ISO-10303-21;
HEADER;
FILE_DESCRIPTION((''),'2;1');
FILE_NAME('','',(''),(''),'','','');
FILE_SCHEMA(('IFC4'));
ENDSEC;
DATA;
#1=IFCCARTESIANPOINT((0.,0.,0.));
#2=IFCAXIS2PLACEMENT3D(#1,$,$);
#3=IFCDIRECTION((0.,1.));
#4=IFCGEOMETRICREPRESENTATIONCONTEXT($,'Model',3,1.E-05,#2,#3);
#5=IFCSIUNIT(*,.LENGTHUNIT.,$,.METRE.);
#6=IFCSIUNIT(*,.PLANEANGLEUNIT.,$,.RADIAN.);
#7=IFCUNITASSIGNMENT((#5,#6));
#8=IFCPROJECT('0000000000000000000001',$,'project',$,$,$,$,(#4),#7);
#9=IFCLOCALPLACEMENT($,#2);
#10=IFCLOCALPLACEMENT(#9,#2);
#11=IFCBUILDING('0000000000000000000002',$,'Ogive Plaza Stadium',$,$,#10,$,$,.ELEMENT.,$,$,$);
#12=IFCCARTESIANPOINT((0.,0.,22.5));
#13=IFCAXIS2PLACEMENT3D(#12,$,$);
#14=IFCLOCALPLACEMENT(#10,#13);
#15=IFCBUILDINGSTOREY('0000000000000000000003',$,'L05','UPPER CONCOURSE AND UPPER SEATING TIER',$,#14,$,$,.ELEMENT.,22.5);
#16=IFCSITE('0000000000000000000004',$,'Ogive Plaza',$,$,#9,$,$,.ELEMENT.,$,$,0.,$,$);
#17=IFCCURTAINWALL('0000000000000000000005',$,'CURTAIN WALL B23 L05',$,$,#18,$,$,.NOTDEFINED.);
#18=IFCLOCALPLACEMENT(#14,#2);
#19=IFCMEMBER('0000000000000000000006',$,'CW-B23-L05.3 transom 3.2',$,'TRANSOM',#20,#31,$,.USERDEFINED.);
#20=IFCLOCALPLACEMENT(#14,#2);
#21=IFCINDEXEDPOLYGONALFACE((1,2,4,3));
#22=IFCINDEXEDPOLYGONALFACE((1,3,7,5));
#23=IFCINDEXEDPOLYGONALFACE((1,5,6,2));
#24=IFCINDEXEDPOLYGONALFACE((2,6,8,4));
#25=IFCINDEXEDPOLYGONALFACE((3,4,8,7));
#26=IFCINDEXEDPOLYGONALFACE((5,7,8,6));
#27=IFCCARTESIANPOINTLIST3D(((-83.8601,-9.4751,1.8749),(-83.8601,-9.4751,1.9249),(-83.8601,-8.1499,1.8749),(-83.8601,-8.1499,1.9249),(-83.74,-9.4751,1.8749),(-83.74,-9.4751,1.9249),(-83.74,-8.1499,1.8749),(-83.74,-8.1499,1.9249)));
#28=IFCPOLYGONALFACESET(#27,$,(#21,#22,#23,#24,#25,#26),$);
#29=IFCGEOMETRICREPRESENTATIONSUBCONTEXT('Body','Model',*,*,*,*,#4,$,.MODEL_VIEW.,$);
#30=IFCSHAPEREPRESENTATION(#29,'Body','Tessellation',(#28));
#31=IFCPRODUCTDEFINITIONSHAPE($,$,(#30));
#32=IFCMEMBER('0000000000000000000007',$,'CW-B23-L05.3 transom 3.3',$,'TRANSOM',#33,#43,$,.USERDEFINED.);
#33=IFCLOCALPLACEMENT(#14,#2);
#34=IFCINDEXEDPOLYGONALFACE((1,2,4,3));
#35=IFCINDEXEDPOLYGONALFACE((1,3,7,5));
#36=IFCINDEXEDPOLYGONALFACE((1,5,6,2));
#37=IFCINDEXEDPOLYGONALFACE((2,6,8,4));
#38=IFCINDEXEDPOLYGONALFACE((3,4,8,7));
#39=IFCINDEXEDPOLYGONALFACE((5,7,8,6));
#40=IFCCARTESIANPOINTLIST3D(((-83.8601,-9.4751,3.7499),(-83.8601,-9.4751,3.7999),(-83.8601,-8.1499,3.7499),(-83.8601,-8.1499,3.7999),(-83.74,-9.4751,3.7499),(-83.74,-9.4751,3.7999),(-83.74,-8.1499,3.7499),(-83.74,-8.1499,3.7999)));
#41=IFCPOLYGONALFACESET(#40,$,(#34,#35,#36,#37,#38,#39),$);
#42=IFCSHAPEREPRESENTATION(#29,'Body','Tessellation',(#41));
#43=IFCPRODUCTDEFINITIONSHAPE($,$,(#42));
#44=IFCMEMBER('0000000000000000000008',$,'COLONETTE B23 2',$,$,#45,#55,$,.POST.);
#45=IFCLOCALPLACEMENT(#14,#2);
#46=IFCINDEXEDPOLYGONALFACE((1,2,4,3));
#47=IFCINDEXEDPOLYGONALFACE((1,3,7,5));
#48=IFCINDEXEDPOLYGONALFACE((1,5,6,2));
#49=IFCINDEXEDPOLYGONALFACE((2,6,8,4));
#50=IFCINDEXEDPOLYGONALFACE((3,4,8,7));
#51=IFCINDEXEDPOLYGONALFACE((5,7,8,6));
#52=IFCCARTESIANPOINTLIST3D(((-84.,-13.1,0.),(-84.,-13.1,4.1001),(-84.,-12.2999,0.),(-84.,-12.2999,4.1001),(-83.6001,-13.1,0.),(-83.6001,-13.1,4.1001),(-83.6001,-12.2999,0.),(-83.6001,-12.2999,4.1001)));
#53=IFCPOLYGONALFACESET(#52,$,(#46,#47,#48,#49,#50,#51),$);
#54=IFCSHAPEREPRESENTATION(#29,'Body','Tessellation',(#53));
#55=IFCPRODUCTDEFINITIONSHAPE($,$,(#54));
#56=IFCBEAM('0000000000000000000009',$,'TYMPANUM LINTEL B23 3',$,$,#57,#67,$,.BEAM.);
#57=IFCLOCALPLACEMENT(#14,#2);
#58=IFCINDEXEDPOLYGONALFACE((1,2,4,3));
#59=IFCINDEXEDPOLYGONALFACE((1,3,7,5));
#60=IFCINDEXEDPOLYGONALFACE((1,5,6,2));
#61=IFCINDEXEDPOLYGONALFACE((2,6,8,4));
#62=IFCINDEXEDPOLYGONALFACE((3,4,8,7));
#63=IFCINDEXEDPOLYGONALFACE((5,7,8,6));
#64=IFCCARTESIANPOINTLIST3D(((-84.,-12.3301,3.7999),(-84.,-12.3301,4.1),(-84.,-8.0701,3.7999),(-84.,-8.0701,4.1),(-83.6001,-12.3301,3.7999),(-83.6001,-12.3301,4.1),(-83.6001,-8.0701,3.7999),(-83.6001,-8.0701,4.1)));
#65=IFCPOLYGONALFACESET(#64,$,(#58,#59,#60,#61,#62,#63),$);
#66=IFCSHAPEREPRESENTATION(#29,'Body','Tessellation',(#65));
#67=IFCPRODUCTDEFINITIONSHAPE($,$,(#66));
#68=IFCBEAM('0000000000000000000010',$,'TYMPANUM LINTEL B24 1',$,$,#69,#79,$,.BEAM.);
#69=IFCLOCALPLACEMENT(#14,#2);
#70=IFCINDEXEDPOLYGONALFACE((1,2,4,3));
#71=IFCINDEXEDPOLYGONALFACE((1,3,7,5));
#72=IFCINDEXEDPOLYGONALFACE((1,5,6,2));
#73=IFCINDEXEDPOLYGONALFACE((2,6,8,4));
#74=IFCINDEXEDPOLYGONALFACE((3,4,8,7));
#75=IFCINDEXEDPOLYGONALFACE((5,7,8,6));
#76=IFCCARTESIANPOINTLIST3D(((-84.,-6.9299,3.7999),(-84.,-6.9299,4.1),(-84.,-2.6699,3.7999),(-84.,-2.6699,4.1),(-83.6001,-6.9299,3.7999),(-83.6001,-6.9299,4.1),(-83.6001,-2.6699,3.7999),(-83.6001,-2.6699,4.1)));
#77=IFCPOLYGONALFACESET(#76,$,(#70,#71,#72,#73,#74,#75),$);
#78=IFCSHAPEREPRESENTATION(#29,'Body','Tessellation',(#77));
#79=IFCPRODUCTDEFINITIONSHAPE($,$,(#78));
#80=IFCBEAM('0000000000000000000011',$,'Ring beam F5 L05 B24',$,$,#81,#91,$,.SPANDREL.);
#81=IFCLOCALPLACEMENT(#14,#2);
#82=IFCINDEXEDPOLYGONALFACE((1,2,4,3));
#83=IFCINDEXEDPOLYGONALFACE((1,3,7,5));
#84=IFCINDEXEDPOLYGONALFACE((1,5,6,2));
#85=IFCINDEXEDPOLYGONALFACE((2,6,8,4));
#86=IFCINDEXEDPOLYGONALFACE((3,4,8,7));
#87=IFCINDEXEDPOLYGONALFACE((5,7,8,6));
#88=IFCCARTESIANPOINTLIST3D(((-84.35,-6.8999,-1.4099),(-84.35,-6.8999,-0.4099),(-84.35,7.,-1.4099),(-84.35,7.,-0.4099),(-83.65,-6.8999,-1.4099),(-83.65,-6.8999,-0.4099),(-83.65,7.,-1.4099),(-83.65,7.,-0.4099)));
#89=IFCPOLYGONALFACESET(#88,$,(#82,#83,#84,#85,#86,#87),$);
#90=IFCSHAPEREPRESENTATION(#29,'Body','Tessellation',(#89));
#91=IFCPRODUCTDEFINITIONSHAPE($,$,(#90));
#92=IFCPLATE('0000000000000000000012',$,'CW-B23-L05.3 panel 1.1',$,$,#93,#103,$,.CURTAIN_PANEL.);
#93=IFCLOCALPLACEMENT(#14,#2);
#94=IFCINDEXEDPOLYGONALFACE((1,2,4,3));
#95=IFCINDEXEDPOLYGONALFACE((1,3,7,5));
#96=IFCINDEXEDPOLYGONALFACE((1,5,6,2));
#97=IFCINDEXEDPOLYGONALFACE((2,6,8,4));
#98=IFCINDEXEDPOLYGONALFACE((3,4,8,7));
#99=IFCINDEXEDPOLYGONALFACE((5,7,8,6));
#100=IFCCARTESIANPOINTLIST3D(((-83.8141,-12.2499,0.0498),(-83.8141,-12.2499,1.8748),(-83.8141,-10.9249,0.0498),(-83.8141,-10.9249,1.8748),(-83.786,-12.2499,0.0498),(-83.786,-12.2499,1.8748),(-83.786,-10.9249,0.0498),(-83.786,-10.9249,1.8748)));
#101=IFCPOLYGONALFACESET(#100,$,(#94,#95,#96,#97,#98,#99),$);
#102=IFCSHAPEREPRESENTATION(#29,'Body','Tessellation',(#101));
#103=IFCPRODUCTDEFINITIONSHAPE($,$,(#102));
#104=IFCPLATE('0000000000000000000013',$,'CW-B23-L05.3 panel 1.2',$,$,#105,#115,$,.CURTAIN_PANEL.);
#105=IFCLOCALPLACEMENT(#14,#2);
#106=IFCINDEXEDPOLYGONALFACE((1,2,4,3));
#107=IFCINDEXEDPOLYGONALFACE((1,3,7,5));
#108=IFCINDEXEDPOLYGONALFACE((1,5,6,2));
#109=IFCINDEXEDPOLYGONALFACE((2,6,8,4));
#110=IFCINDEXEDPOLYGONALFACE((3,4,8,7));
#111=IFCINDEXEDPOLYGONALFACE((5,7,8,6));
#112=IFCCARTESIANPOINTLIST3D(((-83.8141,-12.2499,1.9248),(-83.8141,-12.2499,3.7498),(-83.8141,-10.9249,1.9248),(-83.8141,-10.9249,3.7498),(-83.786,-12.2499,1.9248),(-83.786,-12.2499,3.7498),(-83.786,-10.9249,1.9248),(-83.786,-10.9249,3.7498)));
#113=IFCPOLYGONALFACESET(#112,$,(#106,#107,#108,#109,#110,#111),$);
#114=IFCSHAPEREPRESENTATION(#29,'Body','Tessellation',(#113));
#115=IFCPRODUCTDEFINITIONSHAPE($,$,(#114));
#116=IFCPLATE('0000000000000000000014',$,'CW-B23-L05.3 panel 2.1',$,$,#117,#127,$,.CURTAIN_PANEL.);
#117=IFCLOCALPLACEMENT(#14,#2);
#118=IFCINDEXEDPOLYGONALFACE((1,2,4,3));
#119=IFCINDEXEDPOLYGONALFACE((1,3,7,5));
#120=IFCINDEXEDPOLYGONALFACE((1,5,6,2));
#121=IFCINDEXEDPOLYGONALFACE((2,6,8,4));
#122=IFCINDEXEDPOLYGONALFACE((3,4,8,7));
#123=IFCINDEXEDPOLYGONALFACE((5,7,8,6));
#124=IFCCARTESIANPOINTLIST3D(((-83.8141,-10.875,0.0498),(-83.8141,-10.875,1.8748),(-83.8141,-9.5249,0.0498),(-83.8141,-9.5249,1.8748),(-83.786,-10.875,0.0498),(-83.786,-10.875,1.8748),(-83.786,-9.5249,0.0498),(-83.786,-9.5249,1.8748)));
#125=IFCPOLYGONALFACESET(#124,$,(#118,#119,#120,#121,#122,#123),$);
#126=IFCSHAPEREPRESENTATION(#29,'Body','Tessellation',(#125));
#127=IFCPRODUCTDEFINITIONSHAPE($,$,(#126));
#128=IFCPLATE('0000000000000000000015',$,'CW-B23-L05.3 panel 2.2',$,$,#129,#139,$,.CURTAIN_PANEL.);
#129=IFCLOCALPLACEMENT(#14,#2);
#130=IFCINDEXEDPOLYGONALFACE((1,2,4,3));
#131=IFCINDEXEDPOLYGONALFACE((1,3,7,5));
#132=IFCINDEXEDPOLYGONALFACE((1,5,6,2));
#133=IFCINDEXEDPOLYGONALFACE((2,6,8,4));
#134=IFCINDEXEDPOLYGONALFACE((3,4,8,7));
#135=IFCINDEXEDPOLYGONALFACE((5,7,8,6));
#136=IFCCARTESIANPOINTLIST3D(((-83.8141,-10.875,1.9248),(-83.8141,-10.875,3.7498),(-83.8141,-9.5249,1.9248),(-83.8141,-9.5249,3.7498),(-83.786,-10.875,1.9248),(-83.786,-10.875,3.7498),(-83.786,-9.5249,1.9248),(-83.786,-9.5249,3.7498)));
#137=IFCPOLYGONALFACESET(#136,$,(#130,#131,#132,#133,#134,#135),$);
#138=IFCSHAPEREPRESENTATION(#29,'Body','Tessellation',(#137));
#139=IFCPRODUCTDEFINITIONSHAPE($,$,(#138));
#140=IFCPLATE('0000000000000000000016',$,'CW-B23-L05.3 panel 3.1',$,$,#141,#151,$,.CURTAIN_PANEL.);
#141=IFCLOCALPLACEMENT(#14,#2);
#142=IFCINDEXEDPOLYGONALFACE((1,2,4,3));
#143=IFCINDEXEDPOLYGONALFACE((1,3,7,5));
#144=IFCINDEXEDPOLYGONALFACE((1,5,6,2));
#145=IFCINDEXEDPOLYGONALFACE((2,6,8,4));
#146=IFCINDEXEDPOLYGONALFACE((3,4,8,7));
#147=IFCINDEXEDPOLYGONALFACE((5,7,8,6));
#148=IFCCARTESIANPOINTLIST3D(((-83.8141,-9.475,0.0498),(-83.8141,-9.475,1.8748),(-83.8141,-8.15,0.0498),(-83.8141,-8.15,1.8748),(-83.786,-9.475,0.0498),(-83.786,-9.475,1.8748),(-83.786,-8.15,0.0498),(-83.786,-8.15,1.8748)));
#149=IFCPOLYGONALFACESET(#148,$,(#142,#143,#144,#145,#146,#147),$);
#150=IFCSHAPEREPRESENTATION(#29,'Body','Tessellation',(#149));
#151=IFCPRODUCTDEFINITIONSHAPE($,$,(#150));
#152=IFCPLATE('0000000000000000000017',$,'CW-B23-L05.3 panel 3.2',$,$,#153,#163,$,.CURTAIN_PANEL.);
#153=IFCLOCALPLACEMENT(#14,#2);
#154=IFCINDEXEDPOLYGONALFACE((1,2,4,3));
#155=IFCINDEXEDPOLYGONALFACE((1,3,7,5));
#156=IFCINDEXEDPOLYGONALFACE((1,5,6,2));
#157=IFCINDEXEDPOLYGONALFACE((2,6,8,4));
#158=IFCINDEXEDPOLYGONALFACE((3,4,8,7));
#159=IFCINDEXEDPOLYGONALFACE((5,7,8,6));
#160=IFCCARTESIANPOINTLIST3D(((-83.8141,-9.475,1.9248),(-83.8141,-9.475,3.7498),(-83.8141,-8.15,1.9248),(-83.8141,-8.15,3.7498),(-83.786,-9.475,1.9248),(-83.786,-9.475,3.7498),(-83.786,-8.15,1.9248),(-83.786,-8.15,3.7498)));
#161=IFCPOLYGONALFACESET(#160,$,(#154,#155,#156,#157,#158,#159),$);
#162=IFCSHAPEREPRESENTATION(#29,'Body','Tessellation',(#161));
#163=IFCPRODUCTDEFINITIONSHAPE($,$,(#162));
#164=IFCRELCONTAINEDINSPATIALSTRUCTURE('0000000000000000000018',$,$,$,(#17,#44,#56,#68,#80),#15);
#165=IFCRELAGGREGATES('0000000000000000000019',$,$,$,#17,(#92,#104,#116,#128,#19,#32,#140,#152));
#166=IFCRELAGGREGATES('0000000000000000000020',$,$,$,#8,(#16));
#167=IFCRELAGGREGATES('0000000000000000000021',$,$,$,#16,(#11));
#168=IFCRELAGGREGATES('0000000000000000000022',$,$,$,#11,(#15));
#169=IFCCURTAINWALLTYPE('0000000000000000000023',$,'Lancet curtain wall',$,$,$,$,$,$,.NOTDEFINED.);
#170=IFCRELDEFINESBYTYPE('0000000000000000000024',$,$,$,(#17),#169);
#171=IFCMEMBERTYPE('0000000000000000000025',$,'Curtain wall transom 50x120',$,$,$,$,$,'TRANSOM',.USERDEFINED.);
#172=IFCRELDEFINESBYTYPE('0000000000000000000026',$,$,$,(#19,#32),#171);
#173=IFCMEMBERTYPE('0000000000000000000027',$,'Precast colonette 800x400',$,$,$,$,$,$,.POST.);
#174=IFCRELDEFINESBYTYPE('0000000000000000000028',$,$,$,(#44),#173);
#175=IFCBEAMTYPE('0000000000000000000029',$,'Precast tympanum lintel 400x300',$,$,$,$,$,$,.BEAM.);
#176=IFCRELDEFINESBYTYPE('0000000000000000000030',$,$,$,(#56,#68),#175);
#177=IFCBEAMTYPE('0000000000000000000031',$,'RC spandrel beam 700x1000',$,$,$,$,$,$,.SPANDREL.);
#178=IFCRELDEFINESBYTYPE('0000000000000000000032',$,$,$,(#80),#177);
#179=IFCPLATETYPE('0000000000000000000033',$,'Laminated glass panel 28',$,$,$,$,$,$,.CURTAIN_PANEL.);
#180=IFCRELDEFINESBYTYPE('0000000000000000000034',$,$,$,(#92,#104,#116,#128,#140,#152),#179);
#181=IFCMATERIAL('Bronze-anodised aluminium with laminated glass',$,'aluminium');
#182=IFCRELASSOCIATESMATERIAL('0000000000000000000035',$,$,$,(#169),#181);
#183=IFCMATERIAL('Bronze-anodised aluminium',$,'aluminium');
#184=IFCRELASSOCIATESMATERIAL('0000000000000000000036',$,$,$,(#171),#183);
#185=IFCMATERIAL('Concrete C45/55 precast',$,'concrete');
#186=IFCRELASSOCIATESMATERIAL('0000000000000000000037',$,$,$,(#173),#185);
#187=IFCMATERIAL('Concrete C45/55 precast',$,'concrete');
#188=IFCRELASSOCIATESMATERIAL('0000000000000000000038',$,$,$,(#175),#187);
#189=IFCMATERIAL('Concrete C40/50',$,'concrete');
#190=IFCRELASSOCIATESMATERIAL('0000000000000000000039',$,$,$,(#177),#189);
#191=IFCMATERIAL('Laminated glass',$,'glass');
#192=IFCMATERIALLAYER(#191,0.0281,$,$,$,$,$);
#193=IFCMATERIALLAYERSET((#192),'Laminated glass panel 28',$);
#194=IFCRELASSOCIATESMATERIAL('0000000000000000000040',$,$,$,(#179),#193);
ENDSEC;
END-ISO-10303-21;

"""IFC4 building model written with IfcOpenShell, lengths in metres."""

from ifc_helpers import new_model, si_unit, direction, frame, origin, origin_2d, place, context, subcontext, project, spatial, rectangle, extrude, material, layer, layer_set, material_profile, profile_set, type_object, element, aggregate, save


model = new_model("IFC4")

# Units and contexts
model_context = context("Model", 3, precision=1e-05, world=origin(), true_north=direction((0.0, 1.0)))
body_context = subcontext(model_context, "Body", "Model", "MODEL_VIEW")
ifc_project = project(units=[si_unit("LENGTHUNIT", "METRE"), si_unit("PLANEANGLEUNIT", "RADIAN")], contexts=[model_context])

# Site, building, storey
site_placement = place(None, origin())
site = spatial("IfcSite", under=ifc_project, at=site_placement, Name="Ogive Plaza", CompositionType="ELEMENT", RefElevation=0.0)
building_placement = place(site_placement, origin())
building = spatial("IfcBuilding", under=site, at=building_placement, Name="Ogive Plaza Stadium", CompositionType="ELEMENT")
storey_placement = place(building_placement, frame((0.0, 0.0, 22.5)))
storey = spatial("IfcBuildingStorey", under=building, at=storey_placement, Name="L05", Description="UPPER CONCOURSE AND UPPER SEATING TIER", CompositionType="ELEMENT", Elevation=22.5)

# Shared definitions
ifc_material_1 = material(Name="Bronze-anodised aluminium with laminated glass", Category="aluminium")
curtain_wall_type = type_object("IfcCurtainWallType", Name="Lancet curtain wall", PredefinedType="NOTDEFINED", material=ifc_material_1)

# Curtain wall
curtain_wall_1_placement = place(storey_placement, origin())
curtain_wall_1 = element("IfcCurtainWall", 1, at=curtain_wall_1_placement, inside=storey, type_object=curtain_wall_type, Name="CURTAIN WALL B23 L05", PredefinedType="NOTDEFINED")

# Members
ifc_material_2 = material(Name="Bronze-anodised aluminium", Category="aluminium")
ifc_material_profile_1 = material_profile(ifc_material_2, rectangle(XDim=0.1201, YDim=0.05, at=origin_2d()), Name="AL 120x50")
ifc_profile_set_1 = profile_set([ifc_material_profile_1], Name="Bronze-anodised aluminium")
member_type_1 = type_object("IfcMemberType", Name="Curtain wall transom 50x120", ElementType="TRANSOM", PredefinedType="USERDEFINED", material=ifc_profile_set_1)
member_1_placement = place(storey_placement, frame((-83.8, -9.4751, 1.8999), z_axis=(0.0, 1.0, 0.0), x_axis=(-1.0, 0.0, 0.0)))
member_1 = element("IfcMember", 2, at=member_1_placement, type_object=member_type_1, Name="CW-B23-L05.3 transom 3.2", ObjectType="TRANSOM", PredefinedType="USERDEFINED", context=body_context, shape_type="SweptSolid", body=[
    extrude(rectangle(XDim=0.1201, YDim=0.05, at=origin_2d()), origin(), (0.0, 0.0, 1.0), 1.3252),
])
member_2_placement = place(storey_placement, frame((-83.8, -9.4751, 3.7749), z_axis=(0.0, 1.0, 0.0), x_axis=(-1.0, 0.0, 0.0)))
member_2 = element("IfcMember", 3, at=member_2_placement, type_object=member_type_1, Name="CW-B23-L05.3 transom 3.3", ObjectType="TRANSOM", PredefinedType="USERDEFINED", context=body_context, shape_type="SweptSolid", body=[
    extrude(rectangle(XDim=0.1201, YDim=0.05, at=origin_2d()), origin(), (0.0, 0.0, 1.0), 1.3252),
])
ifc_material_3 = material(Name="Concrete C45/55 precast", Category="concrete")
ifc_material_profile_2 = material_profile(ifc_material_3, rectangle(XDim=0.3999, YDim=0.8, at=origin_2d()), Name="RC 400x800")
ifc_profile_set_2 = profile_set([ifc_material_profile_2], Name="Concrete C45/55 precast")
member_type_2 = type_object("IfcMemberType", Name="Precast colonette 800x400", PredefinedType="POST", material=ifc_profile_set_2)
member_3_placement = place(storey_placement, frame((-83.8, -12.7, 0.0), z_axis=(0.0, 0.0, 1.0), x_axis=(-1.0, 0.0, 0.0)))
element("IfcMember", 4, at=member_3_placement, inside=storey, type_object=member_type_2, Name="COLONETTE B23 2", PredefinedType="POST", context=body_context, shape_type="SweptSolid", body=[
    extrude(rectangle(XDim=0.3999, YDim=0.8, at=origin_2d()), origin(), (0.0, 0.0, 1.0), 4.1001),
])

# Beams
ifc_material_4 = material(Name="Concrete C45/55 precast", Category="concrete")
ifc_material_profile_3 = material_profile(ifc_material_4, rectangle(XDim=0.3999, YDim=0.3, at=origin_2d()), Name="RC 400x300")
ifc_profile_set_3 = profile_set([ifc_material_profile_3], Name="Concrete C45/55 precast")
beam_type_1 = type_object("IfcBeamType", Name="Precast tympanum lintel 400x300", PredefinedType="BEAM", material=ifc_profile_set_3)
for number, where, z_axis, x_axis, name in (
    (5, (-83.8, -12.3301, 3.95), (0.0, 1.0, 0.0), (-1.0, 0.0, 0.0), "TYMPANUM LINTEL B23 3"),
    (6, (-83.8, -6.9299, 3.95), (0.0, 1.0, 0.0), (-1.0, 0.0, 0.0), "TYMPANUM LINTEL B24 1"),
):
    element("IfcBeam", number, at=place(storey_placement, frame(where, z_axis=z_axis, x_axis=x_axis)), inside=storey, type_object=beam_type_1, Name=name, PredefinedType="BEAM", context=body_context, shape_type="SweptSolid", body=[
        extrude(rectangle(XDim=0.3999, YDim=0.3, at=origin_2d()), origin(), (0.0, 0.0, 1.0), 4.26),
    ])
ifc_material_5 = material(Name="Concrete C40/50", Category="concrete")
ifc_material_profile_4 = material_profile(ifc_material_5, rectangle(XDim=0.7, YDim=1.0, at=origin_2d()), Name="RC 700x1000")
ifc_profile_set_4 = profile_set([ifc_material_profile_4], Name="Concrete C40/50")
beam_type_2 = type_object("IfcBeamType", Name="RC spandrel beam 700x1000", PredefinedType="SPANDREL", material=ifc_profile_set_4)
beam_placement = place(storey_placement, frame((-84.0, -6.8999, -0.9099), z_axis=(0.0, 1.0, 0.0), x_axis=(-1.0, 0.0, 0.0)))
element("IfcBeam", 7, at=beam_placement, inside=storey, type_object=beam_type_2, Name="Ring beam F5 L05 B24", PredefinedType="SPANDREL", context=body_context, shape_type="SweptSolid", body=[
    extrude(rectangle(XDim=0.7, YDim=1.0, at=origin_2d()), origin(), (0.0, 0.0, 1.0), 13.8999),
])

# Plates
ifc_material_6 = material(Name="Laminated glass", Category="glass")
ifc_layer_1 = layer(ifc_material_6, 0.0281)
ifc_layer_set_1 = layer_set([ifc_layer_1], Name="Laminated glass panel 28")
plate_type = type_object("IfcPlateType", Name="Laminated glass panel 28", PredefinedType="CURTAIN_PANEL", material=ifc_layer_set_1)
plate_1_placement = place(storey_placement, frame((-83.8, -11.5874, 0.0498), z_axis=(0.0, 0.0, 1.0), x_axis=(0.0, 1.0, 0.0)))
plate_1 = element("IfcPlate", 8, at=plate_1_placement, type_object=plate_type, Name="CW-B23-L05.3 panel 1.1", PredefinedType="CURTAIN_PANEL", context=body_context, shape_type="SweptSolid", body=[
    extrude(rectangle(XDim=1.325, YDim=0.0281, at=origin_2d()), origin(), (0.0, 0.0, 1.0), 1.825),
])
plate_2_placement = place(storey_placement, frame((-83.8, -11.5874, 1.9248), z_axis=(0.0, 0.0, 1.0), x_axis=(0.0, 1.0, 0.0)))
plate_2 = element("IfcPlate", 9, at=plate_2_placement, type_object=plate_type, Name="CW-B23-L05.3 panel 1.2", PredefinedType="CURTAIN_PANEL", context=body_context, shape_type="SweptSolid", body=[
    extrude(rectangle(XDim=1.325, YDim=0.0281, at=origin_2d()), origin(), (0.0, 0.0, 1.0), 1.825),
])
plate_3_placement = place(storey_placement, frame((-83.8, -10.2, 0.0498), z_axis=(0.0, 0.0, 1.0), x_axis=(0.0, 1.0, 0.0)))
plate_3 = element("IfcPlate", 10, at=plate_3_placement, type_object=plate_type, Name="CW-B23-L05.3 panel 2.1", PredefinedType="CURTAIN_PANEL", context=body_context, shape_type="SweptSolid", body=[
    extrude(rectangle(XDim=1.3501, YDim=0.0281, at=origin_2d()), origin(), (0.0, 0.0, 1.0), 1.825),
])
plate_4_placement = place(storey_placement, frame((-83.8, -10.2, 1.9248), z_axis=(0.0, 0.0, 1.0), x_axis=(0.0, 1.0, 0.0)))
plate_4 = element("IfcPlate", 11, at=plate_4_placement, type_object=plate_type, Name="CW-B23-L05.3 panel 2.2", PredefinedType="CURTAIN_PANEL", context=body_context, shape_type="SweptSolid", body=[
    extrude(rectangle(XDim=1.3501, YDim=0.0281, at=origin_2d()), origin(), (0.0, 0.0, 1.0), 1.825),
])
plate_5_placement = place(storey_placement, frame((-83.8, -8.8125, 0.0498), z_axis=(0.0, 0.0, 1.0), x_axis=(0.0, 1.0, 0.0)))
plate_5 = element("IfcPlate", 12, at=plate_5_placement, type_object=plate_type, Name="CW-B23-L05.3 panel 3.1", PredefinedType="CURTAIN_PANEL", context=body_context, shape_type="SweptSolid", body=[
    extrude(rectangle(XDim=1.325, YDim=0.0281, at=origin_2d()), origin(), (0.0, 0.0, 1.0), 1.825),
])
plate_6_placement = place(storey_placement, frame((-83.8, -8.8125, 1.9248), z_axis=(0.0, 0.0, 1.0), x_axis=(0.0, 1.0, 0.0)))
plate_6 = element("IfcPlate", 13, at=plate_6_placement, type_object=plate_type, Name="CW-B23-L05.3 panel 3.2", PredefinedType="CURTAIN_PANEL", context=body_context, shape_type="SweptSolid", body=[
    extrude(rectangle(XDim=1.325, YDim=0.0281, at=origin_2d()), origin(), (0.0, 0.0, 1.0), 1.825),
])
aggregate(curtain_wall_1, [plate_1, plate_2, plate_3, plate_4, member_1, member_2, plate_5, plate_6])

save(model, "model.ifc")
